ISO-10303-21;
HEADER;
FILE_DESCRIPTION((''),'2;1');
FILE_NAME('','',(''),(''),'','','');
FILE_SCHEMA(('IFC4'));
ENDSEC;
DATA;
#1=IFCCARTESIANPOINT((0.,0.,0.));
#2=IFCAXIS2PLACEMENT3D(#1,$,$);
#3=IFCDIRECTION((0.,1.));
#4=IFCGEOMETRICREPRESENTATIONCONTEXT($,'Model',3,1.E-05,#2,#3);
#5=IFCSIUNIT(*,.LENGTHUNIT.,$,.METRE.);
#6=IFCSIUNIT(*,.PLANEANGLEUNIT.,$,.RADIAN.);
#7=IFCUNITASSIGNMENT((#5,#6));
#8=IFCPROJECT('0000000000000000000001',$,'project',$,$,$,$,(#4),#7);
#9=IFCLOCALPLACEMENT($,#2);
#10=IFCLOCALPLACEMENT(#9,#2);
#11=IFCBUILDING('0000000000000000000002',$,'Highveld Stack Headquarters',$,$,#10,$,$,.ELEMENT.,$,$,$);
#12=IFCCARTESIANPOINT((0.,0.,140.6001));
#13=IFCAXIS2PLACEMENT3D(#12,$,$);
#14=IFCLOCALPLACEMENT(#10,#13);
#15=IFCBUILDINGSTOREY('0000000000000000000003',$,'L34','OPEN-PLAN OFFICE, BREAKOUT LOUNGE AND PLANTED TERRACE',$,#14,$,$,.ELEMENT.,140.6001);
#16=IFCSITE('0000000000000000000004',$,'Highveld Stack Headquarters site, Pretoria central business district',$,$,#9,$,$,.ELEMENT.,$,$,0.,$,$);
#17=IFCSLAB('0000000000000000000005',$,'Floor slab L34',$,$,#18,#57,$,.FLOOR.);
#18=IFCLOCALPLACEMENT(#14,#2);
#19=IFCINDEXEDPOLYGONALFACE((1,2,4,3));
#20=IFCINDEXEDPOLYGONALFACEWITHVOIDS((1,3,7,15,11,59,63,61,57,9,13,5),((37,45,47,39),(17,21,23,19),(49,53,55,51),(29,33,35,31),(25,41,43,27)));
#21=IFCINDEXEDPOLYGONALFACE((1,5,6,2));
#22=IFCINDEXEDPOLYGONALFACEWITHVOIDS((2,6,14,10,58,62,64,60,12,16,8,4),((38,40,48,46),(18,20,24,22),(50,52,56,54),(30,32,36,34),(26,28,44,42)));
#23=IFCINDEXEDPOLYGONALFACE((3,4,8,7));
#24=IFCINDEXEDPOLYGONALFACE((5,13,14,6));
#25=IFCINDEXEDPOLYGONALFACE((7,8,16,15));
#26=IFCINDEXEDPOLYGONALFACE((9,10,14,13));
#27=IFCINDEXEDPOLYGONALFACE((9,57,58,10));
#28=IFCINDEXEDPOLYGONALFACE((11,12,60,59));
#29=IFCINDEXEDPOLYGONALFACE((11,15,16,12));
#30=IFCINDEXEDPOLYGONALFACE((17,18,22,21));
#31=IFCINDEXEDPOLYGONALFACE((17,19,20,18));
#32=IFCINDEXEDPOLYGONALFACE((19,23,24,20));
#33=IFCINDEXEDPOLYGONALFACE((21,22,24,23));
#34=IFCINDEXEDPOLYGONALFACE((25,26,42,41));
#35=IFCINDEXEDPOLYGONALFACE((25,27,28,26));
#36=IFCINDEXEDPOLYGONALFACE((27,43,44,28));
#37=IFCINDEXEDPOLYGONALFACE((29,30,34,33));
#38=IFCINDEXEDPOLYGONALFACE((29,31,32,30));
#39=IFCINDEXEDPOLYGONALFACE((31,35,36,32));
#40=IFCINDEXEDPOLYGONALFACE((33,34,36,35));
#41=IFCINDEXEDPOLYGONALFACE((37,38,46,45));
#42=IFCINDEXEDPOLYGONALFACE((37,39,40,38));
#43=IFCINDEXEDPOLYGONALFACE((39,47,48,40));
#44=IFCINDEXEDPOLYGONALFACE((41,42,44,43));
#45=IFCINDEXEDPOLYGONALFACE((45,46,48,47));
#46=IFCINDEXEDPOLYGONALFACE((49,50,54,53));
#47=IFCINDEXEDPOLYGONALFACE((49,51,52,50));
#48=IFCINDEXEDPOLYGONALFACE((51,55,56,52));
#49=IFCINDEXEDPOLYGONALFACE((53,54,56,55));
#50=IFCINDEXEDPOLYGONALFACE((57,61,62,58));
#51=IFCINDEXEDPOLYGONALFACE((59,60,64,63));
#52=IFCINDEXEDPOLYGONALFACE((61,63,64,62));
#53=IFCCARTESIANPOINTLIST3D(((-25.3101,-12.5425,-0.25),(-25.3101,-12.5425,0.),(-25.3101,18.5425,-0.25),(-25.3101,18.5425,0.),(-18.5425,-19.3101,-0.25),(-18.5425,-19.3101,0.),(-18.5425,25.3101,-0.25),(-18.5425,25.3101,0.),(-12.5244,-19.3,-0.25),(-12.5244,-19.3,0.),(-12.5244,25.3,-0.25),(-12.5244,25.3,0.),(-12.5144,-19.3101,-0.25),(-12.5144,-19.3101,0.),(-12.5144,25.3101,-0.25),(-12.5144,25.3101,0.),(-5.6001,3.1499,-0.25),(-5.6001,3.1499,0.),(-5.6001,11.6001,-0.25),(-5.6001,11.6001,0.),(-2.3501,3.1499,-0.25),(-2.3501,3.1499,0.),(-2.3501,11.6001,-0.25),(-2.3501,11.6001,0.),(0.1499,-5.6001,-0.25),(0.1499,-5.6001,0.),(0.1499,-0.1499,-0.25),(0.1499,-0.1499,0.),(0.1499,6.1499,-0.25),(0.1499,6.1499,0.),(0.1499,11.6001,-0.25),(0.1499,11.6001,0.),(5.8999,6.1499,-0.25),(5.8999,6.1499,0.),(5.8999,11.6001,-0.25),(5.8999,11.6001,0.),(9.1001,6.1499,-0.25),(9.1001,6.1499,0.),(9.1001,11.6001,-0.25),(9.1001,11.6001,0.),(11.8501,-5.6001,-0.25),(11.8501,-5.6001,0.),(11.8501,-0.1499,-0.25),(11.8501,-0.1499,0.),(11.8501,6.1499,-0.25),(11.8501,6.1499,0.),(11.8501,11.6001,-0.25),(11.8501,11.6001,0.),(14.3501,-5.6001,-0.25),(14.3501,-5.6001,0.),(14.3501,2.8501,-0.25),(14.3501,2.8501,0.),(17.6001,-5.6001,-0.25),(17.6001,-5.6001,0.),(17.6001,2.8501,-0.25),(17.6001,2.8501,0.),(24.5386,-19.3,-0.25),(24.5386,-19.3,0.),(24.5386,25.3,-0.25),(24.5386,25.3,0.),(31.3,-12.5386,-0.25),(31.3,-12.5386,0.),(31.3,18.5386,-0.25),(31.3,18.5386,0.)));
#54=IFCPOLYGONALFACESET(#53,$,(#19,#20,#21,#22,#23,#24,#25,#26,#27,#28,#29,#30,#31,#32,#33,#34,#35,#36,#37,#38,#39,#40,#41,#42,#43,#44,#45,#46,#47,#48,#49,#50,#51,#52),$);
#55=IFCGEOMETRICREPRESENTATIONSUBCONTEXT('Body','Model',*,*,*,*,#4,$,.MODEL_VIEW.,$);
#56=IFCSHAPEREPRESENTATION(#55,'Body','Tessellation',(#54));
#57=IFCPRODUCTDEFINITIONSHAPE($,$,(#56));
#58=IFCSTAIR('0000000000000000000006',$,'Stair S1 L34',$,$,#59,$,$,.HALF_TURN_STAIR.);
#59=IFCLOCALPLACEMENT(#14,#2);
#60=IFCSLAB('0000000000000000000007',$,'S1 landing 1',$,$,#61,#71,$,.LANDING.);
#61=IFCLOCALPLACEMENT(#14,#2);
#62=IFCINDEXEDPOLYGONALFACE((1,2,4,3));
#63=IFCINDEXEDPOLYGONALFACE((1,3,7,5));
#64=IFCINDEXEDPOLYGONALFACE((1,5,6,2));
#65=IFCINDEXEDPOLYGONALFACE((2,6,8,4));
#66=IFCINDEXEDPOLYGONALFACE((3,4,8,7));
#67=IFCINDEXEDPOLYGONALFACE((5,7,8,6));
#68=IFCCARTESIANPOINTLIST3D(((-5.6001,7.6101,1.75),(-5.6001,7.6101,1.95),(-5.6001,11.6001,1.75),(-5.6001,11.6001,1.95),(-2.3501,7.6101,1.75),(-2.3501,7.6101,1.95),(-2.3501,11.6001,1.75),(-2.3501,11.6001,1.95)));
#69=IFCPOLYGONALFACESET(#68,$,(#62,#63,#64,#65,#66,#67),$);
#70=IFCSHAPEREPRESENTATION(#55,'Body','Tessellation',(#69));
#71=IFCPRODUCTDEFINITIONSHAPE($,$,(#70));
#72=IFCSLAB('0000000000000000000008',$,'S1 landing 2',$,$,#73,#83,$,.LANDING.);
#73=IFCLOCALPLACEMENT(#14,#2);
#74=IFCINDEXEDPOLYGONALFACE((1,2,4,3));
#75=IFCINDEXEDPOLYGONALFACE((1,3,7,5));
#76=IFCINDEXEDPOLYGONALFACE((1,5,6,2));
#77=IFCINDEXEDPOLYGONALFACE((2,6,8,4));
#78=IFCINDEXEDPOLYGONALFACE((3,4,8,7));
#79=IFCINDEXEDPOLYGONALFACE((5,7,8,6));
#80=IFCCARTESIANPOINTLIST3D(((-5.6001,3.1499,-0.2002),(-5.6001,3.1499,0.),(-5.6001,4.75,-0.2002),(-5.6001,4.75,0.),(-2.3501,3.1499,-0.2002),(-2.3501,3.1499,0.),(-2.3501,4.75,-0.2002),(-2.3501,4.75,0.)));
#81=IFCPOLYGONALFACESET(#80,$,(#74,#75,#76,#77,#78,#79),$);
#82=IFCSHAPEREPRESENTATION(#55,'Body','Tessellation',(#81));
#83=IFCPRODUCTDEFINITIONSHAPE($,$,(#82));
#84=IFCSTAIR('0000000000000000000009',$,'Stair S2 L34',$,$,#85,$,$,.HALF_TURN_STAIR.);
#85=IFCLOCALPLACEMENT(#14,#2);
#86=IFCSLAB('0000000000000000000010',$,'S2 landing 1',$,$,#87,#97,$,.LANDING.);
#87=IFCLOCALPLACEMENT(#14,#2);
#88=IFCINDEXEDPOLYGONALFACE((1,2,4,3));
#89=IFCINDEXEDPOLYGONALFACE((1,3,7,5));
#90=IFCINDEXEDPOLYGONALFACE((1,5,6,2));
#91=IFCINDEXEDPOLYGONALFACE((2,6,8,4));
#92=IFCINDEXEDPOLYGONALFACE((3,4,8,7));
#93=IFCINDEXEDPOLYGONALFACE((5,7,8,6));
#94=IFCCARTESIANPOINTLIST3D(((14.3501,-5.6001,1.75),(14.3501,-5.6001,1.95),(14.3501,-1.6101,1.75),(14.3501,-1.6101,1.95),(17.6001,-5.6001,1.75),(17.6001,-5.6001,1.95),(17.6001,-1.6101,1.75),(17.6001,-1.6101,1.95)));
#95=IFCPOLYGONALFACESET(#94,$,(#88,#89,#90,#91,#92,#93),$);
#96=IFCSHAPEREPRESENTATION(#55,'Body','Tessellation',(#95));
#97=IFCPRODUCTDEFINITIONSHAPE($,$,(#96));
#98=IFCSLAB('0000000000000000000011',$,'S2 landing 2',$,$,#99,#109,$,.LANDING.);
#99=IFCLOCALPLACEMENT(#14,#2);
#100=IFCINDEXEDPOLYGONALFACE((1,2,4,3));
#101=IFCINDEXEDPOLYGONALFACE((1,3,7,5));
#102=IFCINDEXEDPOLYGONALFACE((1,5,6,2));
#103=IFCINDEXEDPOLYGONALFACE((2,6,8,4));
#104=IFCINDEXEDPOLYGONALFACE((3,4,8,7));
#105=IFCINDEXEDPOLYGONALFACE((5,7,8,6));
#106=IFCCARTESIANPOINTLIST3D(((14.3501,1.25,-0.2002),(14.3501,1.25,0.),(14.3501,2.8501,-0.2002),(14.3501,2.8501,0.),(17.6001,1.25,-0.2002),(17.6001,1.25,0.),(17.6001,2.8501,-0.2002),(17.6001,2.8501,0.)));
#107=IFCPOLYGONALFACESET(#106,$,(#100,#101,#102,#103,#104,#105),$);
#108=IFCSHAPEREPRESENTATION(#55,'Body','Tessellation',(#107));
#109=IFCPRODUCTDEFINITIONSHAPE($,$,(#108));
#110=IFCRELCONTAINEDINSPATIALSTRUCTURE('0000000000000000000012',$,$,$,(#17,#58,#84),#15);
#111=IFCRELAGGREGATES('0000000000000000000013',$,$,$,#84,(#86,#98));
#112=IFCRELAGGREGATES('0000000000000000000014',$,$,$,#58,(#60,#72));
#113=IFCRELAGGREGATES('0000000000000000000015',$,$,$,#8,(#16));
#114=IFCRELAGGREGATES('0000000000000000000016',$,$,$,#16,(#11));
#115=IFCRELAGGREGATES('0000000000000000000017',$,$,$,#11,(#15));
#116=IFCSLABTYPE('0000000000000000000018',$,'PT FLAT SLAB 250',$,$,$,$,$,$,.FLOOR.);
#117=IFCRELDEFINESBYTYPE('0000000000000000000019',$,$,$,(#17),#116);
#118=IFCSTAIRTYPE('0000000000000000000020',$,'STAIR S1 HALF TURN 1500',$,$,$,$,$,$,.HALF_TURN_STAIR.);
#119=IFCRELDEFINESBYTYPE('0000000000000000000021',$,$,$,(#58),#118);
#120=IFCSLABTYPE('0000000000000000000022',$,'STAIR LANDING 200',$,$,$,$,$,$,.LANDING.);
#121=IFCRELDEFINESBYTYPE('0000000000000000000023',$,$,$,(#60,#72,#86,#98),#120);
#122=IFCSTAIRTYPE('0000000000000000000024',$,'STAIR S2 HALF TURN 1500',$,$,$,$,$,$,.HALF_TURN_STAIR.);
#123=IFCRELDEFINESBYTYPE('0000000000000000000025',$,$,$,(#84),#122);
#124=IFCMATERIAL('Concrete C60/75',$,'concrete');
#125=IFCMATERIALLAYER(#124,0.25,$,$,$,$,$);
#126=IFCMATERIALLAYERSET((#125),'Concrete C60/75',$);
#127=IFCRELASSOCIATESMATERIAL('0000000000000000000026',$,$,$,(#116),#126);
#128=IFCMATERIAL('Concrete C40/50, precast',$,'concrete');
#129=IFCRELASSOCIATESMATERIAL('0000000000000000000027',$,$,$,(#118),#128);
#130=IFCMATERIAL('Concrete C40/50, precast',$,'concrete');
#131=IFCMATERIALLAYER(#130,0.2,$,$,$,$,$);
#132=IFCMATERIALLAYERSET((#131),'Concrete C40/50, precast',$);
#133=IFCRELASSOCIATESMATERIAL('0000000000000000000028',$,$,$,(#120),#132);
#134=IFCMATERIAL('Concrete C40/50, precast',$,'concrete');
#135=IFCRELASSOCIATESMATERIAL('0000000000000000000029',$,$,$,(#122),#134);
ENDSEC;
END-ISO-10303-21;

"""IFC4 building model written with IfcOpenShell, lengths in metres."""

from ifc_helpers import new_model, si_unit, direction, frame, origin, place, context, subcontext, project, spatial, polyline, outline, extrude, material, layer, layer_set, type_object, element, aggregate, save


model = new_model("IFC4")

# Units and contexts
model_context = context("Model", 3, precision=1e-05, world=origin(), true_north=direction((0.0, 1.0)))
body_context = subcontext(model_context, "Body", "Model", "MODEL_VIEW")
ifc_project = project(units=[si_unit("LENGTHUNIT", "METRE"), si_unit("PLANEANGLEUNIT", "RADIAN")], contexts=[model_context])

# Site, building, storey
site_placement = place(None, origin())
site = spatial("IfcSite", under=ifc_project, at=site_placement, Name="Highveld Stack Headquarters site, Pretoria central business district", CompositionType="ELEMENT", RefElevation=0.0)
building_placement = place(site_placement, origin())
building = spatial("IfcBuilding", under=site, at=building_placement, Name="Highveld Stack Headquarters", CompositionType="ELEMENT")
storey_placement = place(building_placement, frame((0.0, 0.0, 140.6001)))
storey = spatial("IfcBuildingStorey", under=building, at=storey_placement, Name="L34", Description="OPEN-PLAN OFFICE, BREAKOUT LOUNGE AND PLANTED TERRACE", CompositionType="ELEMENT", Elevation=140.6001)

# Slab
ifc_material_1 = material(Name="Concrete C60/75", Category="concrete")
ifc_layer_1 = layer(ifc_material_1, 0.25)
ifc_layer_set_1 = layer_set([ifc_layer_1], Name="Concrete C60/75")
slab_type_1 = type_object("IfcSlabType", Name="PT FLAT SLAB 250", PredefinedType="FLOOR", material=ifc_layer_set_1)
slab_1_placement = place(storey_placement, frame((0.0, 0.0, -0.25)))
element("IfcSlab", 1, at=slab_1_placement, inside=storey, type_object=slab_type_1, Name="Floor slab L34", PredefinedType="FLOOR", context=body_context, shape_type="SweptSolid", body=[
    extrude(outline(polyline([(24.5386, 25.3), (31.3, 18.5386), (31.3, -12.5386), (24.5386, -19.3), (-12.5244, -19.3), (-12.5144, -19.3101), (-18.5425, -19.3101), (-25.3101, -12.5425), (-25.3101, 18.5425), (-18.5425, 25.3101), (-12.5144, 25.3101), (-12.5244, 25.3), (24.5386, 25.3)]), holes=[polyline([(0.1499, 6.1499), (5.8999, 6.1499), (5.8999, 11.6001), (0.1499, 11.6001), (0.1499, 6.1499)]), polyline([(9.1001, 6.1499), (11.8501, 6.1499), (11.8501, 11.6001), (9.1001, 11.6001), (9.1001, 6.1499)]), polyline([(0.1499, -5.6001), (11.8501, -5.6001), (11.8501, -0.1499), (0.1499, -0.1499), (0.1499, -5.6001)]), polyline([(-5.6001, 3.1499), (-2.3501, 3.1499), (-2.3501, 11.6001), (-5.6001, 11.6001), (-5.6001, 3.1499)]), polyline([(14.3501, -5.6001), (17.6001, -5.6001), (17.6001, 2.8501), (14.3501, 2.8501), (14.3501, -5.6001)])]), origin(), (0.0, 0.0, 1.0), 0.25),
])

# Stairs, slabs
ifc_material_2 = material(Name="Concrete C40/50, precast", Category="concrete")
stair_type_1 = type_object("IfcStairType", Name="STAIR S1 HALF TURN 1500", PredefinedType="HALF_TURN_STAIR", material=ifc_material_2)
stair_1_placement = place(storey_placement, origin())
stair_1 = element("IfcStair", 2, at=stair_1_placement, inside=storey, type_object=stair_type_1, Name="Stair S1 L34", PredefinedType="HALF_TURN_STAIR")
ifc_material_3 = material(Name="Concrete C40/50, precast", Category="concrete")
ifc_layer_2 = layer(ifc_material_3, 0.2)
ifc_layer_set_2 = layer_set([ifc_layer_2], Name="Concrete C40/50, precast")
slab_type_2 = type_object("IfcSlabType", Name="STAIR LANDING 200", PredefinedType="LANDING", material=ifc_layer_set_2)
slab_2_placement = place(storey_placement, frame((0.0, 0.0, 1.75)))
slab_2 = element("IfcSlab", 3, at=slab_2_placement, type_object=slab_type_2, Name="S1 landing 1", PredefinedType="LANDING", context=body_context, shape_type="SweptSolid", body=[
    extrude(outline(polyline([(-5.6001, 7.6101), (-2.3501, 7.6101), (-2.3501, 11.6001), (-5.6001, 11.6001), (-5.6001, 7.6101)])), origin(), (0.0, 0.0, 1.0), 0.2),
])
slab_3_placement = place(storey_placement, frame((0.0, 0.0, -0.2002)))
slab_3 = element("IfcSlab", 4, at=slab_3_placement, type_object=slab_type_2, Name="S1 landing 2", PredefinedType="LANDING", context=body_context, shape_type="SweptSolid", body=[
    extrude(outline(polyline([(-5.6001, 3.1499), (-2.3501, 3.1499), (-2.3501, 4.75), (-5.6001, 4.75), (-5.6001, 3.1499)])), origin(), (0.0, 0.0, 1.0), 0.2002),
])
ifc_material_4 = material(Name="Concrete C40/50, precast", Category="concrete")
stair_type_2 = type_object("IfcStairType", Name="STAIR S2 HALF TURN 1500", PredefinedType="HALF_TURN_STAIR", material=ifc_material_4)
stair_2_placement = place(storey_placement, origin())
stair_2 = element("IfcStair", 5, at=stair_2_placement, inside=storey, type_object=stair_type_2, Name="Stair S2 L34", PredefinedType="HALF_TURN_STAIR")
slab_4_placement = place(storey_placement, frame((0.0, 0.0, 1.75)))
slab_4 = element("IfcSlab", 6, at=slab_4_placement, type_object=slab_type_2, Name="S2 landing 1", PredefinedType="LANDING", context=body_context, shape_type="SweptSolid", body=[
    extrude(outline(polyline([(14.3501, -5.6001), (17.6001, -5.6001), (17.6001, -1.6101), (14.3501, -1.6101), (14.3501, -5.6001)])), origin(), (0.0, 0.0, 1.0), 0.2),
])
slab_5_placement = place(storey_placement, frame((0.0, 0.0, -0.2002)))
slab_5 = element("IfcSlab", 7, at=slab_5_placement, type_object=slab_type_2, Name="S2 landing 2", PredefinedType="LANDING", context=body_context, shape_type="SweptSolid", body=[
    extrude(outline(polyline([(14.3501, 1.25), (17.6001, 1.25), (17.6001, 2.8501), (14.3501, 2.8501), (14.3501, 1.25)])), origin(), (0.0, 0.0, 1.0), 0.2002),
])
aggregate(stair_2, [slab_4, slab_5])

aggregate(stair_1, [slab_2, slab_3])

save(model, "model.ifc")
